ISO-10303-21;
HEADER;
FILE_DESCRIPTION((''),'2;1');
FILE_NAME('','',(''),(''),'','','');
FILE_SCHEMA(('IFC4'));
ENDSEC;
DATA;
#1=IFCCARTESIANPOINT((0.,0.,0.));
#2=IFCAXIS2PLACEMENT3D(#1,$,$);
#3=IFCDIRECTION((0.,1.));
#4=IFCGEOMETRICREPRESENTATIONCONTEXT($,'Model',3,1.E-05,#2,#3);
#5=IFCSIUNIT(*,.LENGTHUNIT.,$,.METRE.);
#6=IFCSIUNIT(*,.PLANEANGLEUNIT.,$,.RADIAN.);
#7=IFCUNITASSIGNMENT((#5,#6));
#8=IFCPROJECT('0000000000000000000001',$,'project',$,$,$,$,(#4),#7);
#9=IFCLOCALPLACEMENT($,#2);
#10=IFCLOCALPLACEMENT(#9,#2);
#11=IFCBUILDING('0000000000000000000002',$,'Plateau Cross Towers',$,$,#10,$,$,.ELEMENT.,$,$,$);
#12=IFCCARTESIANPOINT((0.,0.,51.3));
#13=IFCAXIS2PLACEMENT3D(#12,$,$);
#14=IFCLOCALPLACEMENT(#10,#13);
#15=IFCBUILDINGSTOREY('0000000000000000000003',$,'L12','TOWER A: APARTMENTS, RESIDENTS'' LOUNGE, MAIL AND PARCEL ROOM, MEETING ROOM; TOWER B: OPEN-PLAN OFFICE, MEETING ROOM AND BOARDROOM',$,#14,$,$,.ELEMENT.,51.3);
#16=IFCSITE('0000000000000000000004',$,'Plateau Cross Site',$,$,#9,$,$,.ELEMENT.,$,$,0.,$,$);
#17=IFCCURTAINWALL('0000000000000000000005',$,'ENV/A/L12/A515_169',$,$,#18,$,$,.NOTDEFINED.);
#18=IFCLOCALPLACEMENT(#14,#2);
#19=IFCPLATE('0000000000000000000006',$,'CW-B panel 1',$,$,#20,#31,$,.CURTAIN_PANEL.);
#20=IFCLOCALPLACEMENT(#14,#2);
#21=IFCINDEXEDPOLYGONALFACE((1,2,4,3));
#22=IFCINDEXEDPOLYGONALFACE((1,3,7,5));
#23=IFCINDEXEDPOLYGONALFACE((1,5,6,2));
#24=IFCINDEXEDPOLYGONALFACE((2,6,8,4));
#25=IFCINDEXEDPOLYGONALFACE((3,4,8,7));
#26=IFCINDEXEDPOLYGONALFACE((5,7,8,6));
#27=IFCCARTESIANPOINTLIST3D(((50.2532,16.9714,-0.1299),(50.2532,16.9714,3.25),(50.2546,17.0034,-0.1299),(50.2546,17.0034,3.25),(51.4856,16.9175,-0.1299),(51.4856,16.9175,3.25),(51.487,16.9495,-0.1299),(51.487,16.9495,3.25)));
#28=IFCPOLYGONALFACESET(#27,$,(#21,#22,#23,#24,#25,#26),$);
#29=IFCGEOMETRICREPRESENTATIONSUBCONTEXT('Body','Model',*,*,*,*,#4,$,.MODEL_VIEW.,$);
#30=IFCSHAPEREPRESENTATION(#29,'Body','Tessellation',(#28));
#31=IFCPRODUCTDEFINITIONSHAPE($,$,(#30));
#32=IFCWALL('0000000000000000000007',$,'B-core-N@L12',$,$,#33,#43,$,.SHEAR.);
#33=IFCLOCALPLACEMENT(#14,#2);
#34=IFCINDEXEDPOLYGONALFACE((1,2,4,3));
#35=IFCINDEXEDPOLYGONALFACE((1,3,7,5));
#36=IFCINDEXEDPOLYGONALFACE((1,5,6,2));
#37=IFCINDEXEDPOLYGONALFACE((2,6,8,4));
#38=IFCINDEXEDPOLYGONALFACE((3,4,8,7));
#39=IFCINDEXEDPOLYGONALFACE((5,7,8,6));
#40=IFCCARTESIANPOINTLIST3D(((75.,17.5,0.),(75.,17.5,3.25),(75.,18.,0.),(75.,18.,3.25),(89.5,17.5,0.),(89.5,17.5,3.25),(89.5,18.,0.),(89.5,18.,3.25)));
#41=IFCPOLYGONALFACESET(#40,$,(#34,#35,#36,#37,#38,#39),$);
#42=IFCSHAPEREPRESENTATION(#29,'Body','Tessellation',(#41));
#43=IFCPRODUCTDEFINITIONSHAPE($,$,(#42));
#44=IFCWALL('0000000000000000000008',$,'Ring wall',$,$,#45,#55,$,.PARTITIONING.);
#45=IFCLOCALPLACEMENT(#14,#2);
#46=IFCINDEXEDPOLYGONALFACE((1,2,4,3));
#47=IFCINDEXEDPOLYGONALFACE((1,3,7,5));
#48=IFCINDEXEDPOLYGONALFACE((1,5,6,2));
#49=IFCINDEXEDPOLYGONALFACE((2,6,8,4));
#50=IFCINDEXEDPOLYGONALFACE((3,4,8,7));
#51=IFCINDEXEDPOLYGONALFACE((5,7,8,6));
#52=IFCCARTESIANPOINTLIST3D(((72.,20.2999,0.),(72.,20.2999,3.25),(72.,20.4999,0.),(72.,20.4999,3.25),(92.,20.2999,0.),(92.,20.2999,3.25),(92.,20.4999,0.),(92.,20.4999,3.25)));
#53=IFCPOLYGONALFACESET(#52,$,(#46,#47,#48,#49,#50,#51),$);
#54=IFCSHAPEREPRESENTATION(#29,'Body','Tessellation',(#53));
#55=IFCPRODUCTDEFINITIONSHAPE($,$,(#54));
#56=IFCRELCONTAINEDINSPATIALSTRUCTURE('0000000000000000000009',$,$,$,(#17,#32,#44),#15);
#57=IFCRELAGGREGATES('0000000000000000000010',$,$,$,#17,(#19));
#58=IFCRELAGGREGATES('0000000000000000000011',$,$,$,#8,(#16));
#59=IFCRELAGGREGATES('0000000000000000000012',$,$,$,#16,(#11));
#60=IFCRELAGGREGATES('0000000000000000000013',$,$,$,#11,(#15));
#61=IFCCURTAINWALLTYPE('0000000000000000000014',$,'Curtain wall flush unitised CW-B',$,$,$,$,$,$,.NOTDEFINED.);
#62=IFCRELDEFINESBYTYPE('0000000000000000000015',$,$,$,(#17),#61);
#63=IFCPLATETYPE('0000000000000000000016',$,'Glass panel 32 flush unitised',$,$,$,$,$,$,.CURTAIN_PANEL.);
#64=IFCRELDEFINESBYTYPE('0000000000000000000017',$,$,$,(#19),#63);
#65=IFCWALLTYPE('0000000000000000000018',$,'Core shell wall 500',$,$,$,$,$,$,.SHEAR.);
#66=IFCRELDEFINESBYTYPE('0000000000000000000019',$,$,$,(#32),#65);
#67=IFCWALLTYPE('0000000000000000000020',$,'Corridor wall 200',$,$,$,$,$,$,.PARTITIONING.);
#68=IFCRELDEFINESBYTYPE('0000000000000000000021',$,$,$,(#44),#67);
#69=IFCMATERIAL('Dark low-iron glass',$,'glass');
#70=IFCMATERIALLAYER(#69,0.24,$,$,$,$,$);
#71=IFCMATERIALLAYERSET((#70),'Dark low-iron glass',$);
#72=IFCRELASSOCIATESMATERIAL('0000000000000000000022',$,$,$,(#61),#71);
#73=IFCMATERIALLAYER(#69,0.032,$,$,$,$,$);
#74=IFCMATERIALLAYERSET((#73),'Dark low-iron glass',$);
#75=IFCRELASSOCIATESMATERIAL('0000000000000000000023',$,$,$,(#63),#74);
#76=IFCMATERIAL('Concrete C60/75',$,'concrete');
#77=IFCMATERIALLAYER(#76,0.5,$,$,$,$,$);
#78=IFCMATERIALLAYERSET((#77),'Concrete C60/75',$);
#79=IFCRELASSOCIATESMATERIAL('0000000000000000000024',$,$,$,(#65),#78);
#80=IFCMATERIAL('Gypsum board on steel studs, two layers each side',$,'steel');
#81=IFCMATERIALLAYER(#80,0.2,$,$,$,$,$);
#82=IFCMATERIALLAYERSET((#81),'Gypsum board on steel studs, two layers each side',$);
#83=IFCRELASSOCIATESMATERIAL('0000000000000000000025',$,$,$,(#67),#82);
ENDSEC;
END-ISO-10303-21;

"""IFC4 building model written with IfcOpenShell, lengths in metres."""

from ifc_helpers import new_model, si_unit, direction, frame, frame_2d, origin, origin_2d, place, context, subcontext, project, spatial, rectangle, extrude, material, layer, layer_set, type_object, element, aggregate, save


model = new_model("IFC4")

# Units and contexts
model_context = context("Model", 3, precision=1e-05, world=origin(), true_north=direction((0.0, 1.0)))
body_context = subcontext(model_context, "Body", "Model", "MODEL_VIEW")
ifc_project = project(units=[si_unit("LENGTHUNIT", "METRE"), si_unit("PLANEANGLEUNIT", "RADIAN")], contexts=[model_context])

# Site, building, storey
site_placement = place(None, origin())
site = spatial("IfcSite", under=ifc_project, at=site_placement, Name="Plateau Cross Site", CompositionType="ELEMENT", RefElevation=0.0)
building_placement = place(site_placement, origin())
building = spatial("IfcBuilding", under=site, at=building_placement, Name="Plateau Cross Towers", CompositionType="ELEMENT")
storey_placement = place(building_placement, frame((0.0, 0.0, 51.3)))
storey = spatial("IfcBuildingStorey", under=building, at=storey_placement, Name="L12", Description="TOWER A: APARTMENTS, RESIDENTS' LOUNGE, MAIL AND PARCEL ROOM, MEETING ROOM; TOWER B: OPEN-PLAN OFFICE, MEETING ROOM AND BOARDROOM", CompositionType="ELEMENT", Elevation=51.3)

# Shared definitions
ifc_material_1 = material(Name="Concrete C60/75", Category="concrete")

# Shared definitions
ifc_material_2 = material(Name="Dark low-iron glass", Category="glass")
ifc_layer_1 = layer(ifc_material_2, 0.24)
ifc_layer_set_1 = layer_set([ifc_layer_1], Name="Dark low-iron glass")
curtain_wall_type_1 = type_object("IfcCurtainWallType", Name="Curtain wall flush unitised CW-B", PredefinedType="NOTDEFINED", material=ifc_layer_set_1)

# Curtain wall
curtain_wall_1_placement = place(storey_placement, origin())
curtain_wall_1 = element("IfcCurtainWall", 1, at=curtain_wall_1_placement, inside=storey, type_object=curtain_wall_type_1, Name="ENV/A/L12/A515_169", PredefinedType="NOTDEFINED")

# Plate
ifc_layer_2 = layer(ifc_material_2, 0.032)
ifc_layer_set_2 = layer_set([ifc_layer_2], Name="Dark low-iron glass")
plate_type_1 = type_object("IfcPlateType", Name="Glass panel 32 flush unitised", PredefinedType="CURTAIN_PANEL", material=ifc_layer_set_2)
plate_1_placement = place(storey_placement, frame((50.8701, 16.9604, -0.1299), z_axis=(0.0, 0.0, 1.0), x_axis=(-0.999044, 0.043723, 0.0)))
plate_1 = element("IfcPlate", 2, at=plate_1_placement, type_object=plate_type_1, Name="CW-B panel 1", PredefinedType="CURTAIN_PANEL", context=body_context, shape_type="SweptSolid", body=[
    extrude(rectangle(XDim=1.2336, YDim=0.032, at=origin_2d()), origin(), (0.0, 0.0, 1.0), 3.3799),
])
aggregate(curtain_wall_1, [plate_1])

# Walls
ifc_layer_3 = layer(ifc_material_1, 0.5)
ifc_layer_set_3 = layer_set([ifc_layer_3], Name="Concrete C60/75")
wall_type_1 = type_object("IfcWallType", Name="Core shell wall 500", PredefinedType="SHEAR", material=ifc_layer_set_3)
wall_1_placement = place(storey_placement, frame((75.0, 17.75, 0.0), z_axis=(0.0, 0.0, 1.0), x_axis=(1.0, 0.0, 0.0)))
element("IfcWall", 3, at=wall_1_placement, inside=storey, type_object=wall_type_1, Name="B-core-N@L12", PredefinedType="SHEAR", context=body_context, shape_type="SweptSolid", body=[
    extrude(rectangle(XDim=14.5, YDim=0.5, at=frame_2d((7.25, 0.0))), origin(), (0.0, 0.0, 1.0), 3.25),
])
ifc_material_3 = material(Name="Gypsum board on steel studs, two layers each side", Category="steel")
ifc_layer_4 = layer(ifc_material_3, 0.2)
ifc_layer_set_4 = layer_set([ifc_layer_4], Name="Gypsum board on steel studs, two layers each side")
wall_type_2 = type_object("IfcWallType", Name="Corridor wall 200", PredefinedType="PARTITIONING", material=ifc_layer_set_4)
wall_2_placement = place(storey_placement, frame((72.0, 20.3999, 0.0), z_axis=(0.0, 0.0, 1.0), x_axis=(1.0, 0.0, 0.0)))
element("IfcWall", 4, at=wall_2_placement, inside=storey, type_object=wall_type_2, Name="Ring wall", PredefinedType="PARTITIONING", context=body_context, shape_type="SweptSolid", body=[
    extrude(rectangle(XDim=20.0, YDim=0.2, at=frame_2d((10.0, 0.0))), origin(), (0.0, 0.0, 1.0), 3.25),
])

save(model, "model.ifc")
